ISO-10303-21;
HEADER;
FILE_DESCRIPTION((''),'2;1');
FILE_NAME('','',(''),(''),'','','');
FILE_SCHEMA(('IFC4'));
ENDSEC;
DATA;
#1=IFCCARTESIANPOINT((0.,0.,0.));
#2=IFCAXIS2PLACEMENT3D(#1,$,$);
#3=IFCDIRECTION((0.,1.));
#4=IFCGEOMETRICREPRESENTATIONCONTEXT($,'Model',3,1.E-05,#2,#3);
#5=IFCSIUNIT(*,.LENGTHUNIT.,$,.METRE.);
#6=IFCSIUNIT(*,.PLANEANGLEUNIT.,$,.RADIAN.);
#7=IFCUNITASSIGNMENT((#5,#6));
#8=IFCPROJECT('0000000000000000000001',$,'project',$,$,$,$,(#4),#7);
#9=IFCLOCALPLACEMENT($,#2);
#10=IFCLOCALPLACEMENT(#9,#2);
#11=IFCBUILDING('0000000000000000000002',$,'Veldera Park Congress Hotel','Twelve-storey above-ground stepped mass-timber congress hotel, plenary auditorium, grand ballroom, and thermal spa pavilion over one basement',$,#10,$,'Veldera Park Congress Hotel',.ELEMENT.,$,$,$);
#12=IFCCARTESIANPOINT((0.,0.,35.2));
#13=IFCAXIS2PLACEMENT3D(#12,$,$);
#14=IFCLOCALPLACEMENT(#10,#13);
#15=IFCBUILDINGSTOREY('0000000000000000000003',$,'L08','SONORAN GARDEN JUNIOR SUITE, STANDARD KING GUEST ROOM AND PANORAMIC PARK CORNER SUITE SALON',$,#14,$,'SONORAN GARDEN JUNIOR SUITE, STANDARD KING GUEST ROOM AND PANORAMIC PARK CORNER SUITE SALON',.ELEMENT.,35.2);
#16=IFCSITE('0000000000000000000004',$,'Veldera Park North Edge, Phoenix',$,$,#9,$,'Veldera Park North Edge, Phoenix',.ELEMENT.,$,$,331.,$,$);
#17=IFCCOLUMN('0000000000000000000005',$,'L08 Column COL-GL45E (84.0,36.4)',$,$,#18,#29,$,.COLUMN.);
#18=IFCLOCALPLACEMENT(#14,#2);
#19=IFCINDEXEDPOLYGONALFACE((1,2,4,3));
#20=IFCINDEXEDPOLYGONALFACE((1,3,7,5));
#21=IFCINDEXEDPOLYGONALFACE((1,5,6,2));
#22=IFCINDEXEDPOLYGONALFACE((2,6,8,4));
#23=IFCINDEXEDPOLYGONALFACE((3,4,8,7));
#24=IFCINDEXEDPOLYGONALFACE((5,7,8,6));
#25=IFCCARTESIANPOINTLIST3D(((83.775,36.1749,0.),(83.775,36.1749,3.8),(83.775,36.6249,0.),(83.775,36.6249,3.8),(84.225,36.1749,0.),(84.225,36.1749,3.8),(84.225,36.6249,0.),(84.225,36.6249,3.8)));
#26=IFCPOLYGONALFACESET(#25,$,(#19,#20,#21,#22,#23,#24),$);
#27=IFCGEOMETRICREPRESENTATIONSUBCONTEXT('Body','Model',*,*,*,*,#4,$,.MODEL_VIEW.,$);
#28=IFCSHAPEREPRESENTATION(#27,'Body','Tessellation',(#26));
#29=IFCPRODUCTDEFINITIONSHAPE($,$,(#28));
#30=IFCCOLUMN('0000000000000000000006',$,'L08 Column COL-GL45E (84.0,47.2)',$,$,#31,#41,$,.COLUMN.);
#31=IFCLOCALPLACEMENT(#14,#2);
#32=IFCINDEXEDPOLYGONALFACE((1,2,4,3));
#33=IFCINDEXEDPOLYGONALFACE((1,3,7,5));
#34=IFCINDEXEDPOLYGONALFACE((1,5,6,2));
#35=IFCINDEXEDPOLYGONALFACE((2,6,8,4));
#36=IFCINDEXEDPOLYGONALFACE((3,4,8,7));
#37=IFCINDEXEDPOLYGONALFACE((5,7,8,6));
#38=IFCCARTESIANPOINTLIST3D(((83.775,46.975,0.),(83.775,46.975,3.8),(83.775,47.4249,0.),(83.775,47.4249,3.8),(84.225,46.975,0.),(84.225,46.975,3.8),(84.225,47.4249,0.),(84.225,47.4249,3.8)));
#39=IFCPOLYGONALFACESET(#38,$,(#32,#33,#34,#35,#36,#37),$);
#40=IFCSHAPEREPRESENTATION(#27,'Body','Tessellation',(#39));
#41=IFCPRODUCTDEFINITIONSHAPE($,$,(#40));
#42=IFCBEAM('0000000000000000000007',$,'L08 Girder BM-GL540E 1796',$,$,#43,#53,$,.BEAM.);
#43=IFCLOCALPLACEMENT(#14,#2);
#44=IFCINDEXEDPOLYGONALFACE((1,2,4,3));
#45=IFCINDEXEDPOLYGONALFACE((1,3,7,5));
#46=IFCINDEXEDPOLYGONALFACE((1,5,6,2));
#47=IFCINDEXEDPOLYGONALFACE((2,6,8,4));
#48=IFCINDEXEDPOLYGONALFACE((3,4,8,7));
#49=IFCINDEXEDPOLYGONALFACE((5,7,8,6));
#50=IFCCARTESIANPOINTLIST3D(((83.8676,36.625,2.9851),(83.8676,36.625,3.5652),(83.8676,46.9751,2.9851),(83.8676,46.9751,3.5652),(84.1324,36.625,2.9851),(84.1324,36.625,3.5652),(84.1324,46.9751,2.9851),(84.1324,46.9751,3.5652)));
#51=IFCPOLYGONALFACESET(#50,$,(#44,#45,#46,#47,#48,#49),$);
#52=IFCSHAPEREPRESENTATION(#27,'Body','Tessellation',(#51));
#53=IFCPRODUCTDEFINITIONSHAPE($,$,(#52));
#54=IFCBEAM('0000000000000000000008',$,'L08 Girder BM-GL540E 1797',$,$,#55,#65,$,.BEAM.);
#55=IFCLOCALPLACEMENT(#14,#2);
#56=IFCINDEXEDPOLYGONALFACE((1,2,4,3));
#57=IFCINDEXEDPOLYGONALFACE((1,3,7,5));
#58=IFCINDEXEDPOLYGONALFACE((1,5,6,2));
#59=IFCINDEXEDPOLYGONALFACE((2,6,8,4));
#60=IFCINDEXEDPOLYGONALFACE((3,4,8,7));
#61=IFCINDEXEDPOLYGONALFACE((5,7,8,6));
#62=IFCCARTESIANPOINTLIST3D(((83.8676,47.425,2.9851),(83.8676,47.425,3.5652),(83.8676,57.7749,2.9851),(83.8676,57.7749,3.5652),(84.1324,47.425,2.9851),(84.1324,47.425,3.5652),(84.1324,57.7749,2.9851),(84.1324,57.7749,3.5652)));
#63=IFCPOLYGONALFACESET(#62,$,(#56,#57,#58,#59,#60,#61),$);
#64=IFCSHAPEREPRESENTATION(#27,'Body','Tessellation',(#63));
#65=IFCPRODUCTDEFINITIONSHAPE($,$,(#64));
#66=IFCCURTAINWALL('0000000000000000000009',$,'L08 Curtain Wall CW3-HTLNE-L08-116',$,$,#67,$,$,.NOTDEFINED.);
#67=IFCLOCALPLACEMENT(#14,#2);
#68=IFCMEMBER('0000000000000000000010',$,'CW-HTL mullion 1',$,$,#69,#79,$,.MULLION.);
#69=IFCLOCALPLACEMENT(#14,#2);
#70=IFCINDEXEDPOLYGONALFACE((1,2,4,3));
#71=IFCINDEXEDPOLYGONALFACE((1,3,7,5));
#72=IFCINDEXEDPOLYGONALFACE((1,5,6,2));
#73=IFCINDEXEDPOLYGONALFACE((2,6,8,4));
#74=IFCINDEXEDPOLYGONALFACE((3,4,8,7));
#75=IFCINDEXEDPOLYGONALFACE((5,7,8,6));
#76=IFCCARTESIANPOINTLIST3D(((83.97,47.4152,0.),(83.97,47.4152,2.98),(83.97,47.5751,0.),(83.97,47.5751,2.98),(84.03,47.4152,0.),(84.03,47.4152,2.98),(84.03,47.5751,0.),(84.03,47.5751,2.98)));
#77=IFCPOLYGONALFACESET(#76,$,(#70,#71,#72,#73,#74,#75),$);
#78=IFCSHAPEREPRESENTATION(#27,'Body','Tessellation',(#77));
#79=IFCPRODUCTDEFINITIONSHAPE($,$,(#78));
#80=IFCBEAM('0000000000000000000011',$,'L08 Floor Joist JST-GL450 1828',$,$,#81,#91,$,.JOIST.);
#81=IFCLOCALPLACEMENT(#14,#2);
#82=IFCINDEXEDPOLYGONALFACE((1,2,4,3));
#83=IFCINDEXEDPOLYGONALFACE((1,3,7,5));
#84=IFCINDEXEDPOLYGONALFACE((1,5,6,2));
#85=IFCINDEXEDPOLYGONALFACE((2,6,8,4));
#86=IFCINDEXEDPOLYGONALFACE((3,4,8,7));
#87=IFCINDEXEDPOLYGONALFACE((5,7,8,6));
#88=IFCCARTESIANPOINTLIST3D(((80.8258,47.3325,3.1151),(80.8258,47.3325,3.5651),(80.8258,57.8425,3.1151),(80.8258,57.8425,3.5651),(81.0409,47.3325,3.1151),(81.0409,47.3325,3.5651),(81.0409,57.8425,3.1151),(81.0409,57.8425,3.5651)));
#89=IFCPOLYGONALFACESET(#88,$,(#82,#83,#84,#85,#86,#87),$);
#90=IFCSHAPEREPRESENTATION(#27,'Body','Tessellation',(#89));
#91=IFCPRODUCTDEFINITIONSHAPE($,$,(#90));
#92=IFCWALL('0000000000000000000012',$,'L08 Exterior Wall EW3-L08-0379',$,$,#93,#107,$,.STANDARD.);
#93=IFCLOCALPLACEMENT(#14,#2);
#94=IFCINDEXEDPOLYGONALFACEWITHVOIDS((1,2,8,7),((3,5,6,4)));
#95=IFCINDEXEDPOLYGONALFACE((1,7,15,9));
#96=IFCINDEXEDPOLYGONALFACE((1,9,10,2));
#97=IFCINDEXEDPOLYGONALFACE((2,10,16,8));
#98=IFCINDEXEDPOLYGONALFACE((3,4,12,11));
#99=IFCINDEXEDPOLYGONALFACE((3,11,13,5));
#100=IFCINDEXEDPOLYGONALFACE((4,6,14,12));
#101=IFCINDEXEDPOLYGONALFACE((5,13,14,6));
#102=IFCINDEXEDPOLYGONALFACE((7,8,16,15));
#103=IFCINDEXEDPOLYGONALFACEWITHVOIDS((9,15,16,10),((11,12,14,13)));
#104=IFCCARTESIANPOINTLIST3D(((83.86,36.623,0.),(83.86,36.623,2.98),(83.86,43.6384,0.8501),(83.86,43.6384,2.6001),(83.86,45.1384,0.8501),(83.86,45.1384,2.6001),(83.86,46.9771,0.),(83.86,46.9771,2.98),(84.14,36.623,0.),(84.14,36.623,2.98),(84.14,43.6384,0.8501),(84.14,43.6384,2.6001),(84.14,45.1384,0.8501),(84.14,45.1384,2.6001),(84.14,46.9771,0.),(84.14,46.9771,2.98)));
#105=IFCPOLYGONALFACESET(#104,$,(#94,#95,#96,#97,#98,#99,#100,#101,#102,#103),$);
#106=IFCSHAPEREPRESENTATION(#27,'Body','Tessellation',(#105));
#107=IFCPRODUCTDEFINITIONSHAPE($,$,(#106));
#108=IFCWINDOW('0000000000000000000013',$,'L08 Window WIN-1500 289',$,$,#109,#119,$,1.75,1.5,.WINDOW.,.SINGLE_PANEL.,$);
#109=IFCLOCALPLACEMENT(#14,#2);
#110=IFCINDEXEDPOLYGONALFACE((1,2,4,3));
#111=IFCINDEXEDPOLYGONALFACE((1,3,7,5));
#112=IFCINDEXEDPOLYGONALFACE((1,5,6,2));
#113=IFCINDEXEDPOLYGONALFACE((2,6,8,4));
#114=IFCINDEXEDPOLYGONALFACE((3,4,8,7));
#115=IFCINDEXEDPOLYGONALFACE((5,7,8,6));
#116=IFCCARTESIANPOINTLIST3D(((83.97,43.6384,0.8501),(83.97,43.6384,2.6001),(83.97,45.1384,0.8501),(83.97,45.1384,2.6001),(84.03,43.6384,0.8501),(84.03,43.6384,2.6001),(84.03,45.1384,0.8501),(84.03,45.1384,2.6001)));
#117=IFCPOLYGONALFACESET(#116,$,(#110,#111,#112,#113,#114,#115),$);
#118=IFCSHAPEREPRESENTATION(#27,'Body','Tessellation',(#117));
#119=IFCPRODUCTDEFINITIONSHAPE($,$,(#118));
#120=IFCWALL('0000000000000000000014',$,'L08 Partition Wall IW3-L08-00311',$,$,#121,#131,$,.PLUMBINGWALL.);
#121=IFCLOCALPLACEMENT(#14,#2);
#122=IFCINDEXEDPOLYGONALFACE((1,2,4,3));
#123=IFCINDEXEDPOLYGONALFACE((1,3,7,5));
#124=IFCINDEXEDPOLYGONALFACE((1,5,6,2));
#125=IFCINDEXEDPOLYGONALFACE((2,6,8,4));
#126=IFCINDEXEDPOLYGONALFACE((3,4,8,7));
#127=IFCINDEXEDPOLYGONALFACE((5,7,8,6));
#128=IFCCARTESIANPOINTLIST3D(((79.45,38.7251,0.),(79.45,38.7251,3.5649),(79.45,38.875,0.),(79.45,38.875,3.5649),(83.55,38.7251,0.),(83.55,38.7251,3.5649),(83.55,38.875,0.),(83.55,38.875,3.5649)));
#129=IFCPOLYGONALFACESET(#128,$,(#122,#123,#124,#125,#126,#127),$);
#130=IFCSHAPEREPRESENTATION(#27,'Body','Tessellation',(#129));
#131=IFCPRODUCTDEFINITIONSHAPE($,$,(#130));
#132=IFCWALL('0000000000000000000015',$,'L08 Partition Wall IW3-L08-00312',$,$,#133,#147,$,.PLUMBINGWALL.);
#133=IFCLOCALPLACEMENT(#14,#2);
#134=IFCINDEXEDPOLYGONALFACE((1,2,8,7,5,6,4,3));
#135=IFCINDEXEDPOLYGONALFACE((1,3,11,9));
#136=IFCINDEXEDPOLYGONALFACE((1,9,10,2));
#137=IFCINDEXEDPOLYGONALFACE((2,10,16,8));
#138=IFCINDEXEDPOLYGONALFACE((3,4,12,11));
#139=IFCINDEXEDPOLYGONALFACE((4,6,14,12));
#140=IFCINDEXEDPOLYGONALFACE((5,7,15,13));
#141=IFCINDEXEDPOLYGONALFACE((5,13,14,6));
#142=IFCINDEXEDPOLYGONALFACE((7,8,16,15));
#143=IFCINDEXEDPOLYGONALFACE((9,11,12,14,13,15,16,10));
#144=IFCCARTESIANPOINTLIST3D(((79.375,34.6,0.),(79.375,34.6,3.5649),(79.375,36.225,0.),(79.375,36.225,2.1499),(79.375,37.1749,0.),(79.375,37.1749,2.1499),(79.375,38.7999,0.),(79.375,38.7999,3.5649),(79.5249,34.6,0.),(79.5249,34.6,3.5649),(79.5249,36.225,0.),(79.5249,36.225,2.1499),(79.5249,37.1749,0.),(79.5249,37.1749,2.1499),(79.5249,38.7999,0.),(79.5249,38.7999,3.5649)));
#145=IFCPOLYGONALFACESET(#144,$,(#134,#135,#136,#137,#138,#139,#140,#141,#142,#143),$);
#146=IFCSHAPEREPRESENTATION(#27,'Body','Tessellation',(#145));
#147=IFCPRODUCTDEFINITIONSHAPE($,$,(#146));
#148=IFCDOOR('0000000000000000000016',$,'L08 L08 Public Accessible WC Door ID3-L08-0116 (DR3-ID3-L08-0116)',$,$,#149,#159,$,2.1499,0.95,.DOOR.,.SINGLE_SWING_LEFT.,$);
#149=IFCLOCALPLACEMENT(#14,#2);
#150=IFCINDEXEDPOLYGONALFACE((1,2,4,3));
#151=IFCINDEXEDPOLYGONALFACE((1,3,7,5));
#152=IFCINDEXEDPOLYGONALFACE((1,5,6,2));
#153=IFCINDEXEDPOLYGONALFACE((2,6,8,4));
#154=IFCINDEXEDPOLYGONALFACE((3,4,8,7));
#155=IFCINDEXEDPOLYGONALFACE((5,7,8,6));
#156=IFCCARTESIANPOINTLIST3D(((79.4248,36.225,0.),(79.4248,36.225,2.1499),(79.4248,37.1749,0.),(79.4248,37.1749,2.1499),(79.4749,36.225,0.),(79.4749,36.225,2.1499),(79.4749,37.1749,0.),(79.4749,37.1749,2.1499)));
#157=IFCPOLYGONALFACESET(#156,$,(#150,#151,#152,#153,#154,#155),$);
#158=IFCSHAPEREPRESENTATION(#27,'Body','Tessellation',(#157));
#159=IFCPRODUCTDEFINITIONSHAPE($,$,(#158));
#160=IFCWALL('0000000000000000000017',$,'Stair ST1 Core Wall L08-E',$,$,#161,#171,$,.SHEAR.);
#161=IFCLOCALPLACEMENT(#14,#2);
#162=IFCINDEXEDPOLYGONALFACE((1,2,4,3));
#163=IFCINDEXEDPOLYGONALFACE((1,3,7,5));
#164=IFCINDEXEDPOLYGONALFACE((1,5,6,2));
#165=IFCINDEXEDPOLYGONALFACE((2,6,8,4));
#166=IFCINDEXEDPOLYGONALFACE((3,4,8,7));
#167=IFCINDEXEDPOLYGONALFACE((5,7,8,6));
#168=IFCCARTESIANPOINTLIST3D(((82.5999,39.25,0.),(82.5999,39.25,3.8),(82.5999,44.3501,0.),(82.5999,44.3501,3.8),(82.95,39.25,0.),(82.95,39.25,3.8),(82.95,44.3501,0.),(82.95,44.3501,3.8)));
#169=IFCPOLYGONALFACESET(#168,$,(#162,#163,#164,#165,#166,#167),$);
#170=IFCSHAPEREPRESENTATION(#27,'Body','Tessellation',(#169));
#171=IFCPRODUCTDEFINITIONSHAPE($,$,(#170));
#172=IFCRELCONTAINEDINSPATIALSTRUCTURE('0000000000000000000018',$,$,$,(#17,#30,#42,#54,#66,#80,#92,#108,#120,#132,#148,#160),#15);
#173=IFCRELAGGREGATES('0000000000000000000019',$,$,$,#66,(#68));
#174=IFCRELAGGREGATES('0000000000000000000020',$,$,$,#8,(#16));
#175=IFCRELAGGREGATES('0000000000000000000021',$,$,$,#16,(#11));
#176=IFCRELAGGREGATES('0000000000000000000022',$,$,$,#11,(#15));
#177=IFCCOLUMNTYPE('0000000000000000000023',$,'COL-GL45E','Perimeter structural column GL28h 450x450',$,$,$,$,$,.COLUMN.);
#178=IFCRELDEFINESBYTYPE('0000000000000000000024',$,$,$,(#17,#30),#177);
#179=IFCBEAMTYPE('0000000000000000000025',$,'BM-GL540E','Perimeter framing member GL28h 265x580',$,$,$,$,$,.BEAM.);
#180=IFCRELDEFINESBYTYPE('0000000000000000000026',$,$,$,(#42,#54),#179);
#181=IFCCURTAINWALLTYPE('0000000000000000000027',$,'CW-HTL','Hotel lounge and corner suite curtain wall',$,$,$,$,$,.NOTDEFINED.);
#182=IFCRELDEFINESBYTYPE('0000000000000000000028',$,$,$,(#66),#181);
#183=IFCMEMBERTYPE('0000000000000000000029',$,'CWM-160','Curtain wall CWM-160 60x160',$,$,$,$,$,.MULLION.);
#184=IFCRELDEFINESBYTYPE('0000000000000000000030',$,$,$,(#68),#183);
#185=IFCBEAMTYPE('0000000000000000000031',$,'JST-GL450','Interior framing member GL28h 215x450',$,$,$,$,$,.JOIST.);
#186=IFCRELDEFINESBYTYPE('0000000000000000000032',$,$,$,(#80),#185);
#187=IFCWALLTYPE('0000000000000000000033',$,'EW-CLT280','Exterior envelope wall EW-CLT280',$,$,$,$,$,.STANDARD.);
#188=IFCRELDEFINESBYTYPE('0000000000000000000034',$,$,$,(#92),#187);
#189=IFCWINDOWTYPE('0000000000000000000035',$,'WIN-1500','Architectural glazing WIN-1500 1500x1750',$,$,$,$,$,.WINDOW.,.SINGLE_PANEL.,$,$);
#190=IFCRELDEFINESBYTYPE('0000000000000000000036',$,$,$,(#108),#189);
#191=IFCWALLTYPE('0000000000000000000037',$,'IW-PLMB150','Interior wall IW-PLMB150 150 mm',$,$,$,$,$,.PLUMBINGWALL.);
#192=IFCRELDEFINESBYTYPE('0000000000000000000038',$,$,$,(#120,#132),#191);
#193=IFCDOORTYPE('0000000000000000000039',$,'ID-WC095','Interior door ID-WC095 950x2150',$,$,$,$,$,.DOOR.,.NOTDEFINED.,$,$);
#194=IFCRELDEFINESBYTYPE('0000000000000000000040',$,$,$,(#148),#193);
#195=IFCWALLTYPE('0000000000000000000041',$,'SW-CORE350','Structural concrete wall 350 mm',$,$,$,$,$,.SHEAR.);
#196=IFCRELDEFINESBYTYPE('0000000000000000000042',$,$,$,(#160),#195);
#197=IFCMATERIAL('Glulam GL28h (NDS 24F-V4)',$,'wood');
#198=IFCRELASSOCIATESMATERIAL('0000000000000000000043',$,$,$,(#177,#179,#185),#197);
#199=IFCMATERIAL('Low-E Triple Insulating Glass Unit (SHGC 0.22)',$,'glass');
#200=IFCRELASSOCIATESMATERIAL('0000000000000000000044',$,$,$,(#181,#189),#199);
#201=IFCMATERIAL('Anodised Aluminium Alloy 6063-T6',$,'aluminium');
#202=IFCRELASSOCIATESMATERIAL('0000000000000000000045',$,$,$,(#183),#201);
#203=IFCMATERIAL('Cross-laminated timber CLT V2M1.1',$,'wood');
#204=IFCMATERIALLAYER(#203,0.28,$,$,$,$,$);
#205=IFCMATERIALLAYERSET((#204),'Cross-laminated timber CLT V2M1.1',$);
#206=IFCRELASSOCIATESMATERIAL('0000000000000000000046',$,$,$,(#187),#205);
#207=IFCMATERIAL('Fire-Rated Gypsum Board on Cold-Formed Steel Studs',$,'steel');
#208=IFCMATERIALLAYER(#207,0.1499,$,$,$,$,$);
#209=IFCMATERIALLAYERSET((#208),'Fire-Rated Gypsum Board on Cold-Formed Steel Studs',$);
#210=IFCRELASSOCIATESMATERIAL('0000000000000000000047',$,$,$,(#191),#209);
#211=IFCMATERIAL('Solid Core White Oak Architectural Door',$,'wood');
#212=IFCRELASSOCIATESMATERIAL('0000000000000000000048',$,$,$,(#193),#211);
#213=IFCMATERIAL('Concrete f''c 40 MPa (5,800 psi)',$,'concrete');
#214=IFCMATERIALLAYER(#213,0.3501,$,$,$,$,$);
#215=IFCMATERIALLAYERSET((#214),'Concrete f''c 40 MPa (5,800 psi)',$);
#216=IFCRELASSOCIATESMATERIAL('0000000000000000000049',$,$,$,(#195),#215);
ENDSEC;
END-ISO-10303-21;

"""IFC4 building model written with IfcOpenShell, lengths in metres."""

from ifc_helpers import new_model, si_unit, direction, frame, frame_2d, origin, origin_2d, place, context, subcontext, project, spatial, rectangle, extrude, material, layer, layer_set, material_profile, profile_set, type_object, element, fill, aggregate, save


model = new_model("IFC4")

# Units and contexts
model_context = context("Model", 3, precision=1e-05, world=origin(), true_north=direction((0.0, 1.0)))
body_context = subcontext(model_context, "Body", "Model", "MODEL_VIEW")
ifc_project = project(units=[si_unit("LENGTHUNIT", "METRE"), si_unit("PLANEANGLEUNIT", "RADIAN")], contexts=[model_context])

# Site, building, storey
site_placement = place(None, origin())
site = spatial("IfcSite", under=ifc_project, at=site_placement, Name="Veldera Park North Edge, Phoenix", LongName="Veldera Park North Edge, Phoenix", CompositionType="ELEMENT", RefElevation=331.0)
building_placement = place(site_placement, origin())
building = spatial("IfcBuilding", under=site, at=building_placement, Name="Veldera Park Congress Hotel", Description="Twelve-storey above-ground stepped mass-timber congress hotel, plenary auditorium, grand ballroom, and thermal spa pavilion over one basement", LongName="Veldera Park Congress Hotel", CompositionType="ELEMENT")
storey_placement = place(building_placement, frame((0.0, 0.0, 35.2)))
storey = spatial("IfcBuildingStorey", under=building, at=storey_placement, Name="L08", Description="SONORAN GARDEN JUNIOR SUITE, STANDARD KING GUEST ROOM AND PANORAMIC PARK CORNER SUITE SALON", LongName="SONORAN GARDEN JUNIOR SUITE, STANDARD KING GUEST ROOM AND PANORAMIC PARK CORNER SUITE SALON", CompositionType="ELEMENT", Elevation=35.2)

# Columns
ifc_material_1 = material(Name="Glulam GL28h (NDS 24F-V4)", Category="wood")
ifc_material_profile_1 = material_profile(ifc_material_1, rectangle(XDim=0.45, YDim=0.45, at=origin_2d()), Name="GL28h 450x450")
ifc_profile_set_1 = profile_set([ifc_material_profile_1], Name="Glulam GL28h (NDS 24F-V4)")
column_type = type_object("IfcColumnType", Name="COL-GL45E", Description="Perimeter structural column GL28h 450x450", PredefinedType="COLUMN", material=ifc_profile_set_1)
for number, where, z_axis, x_axis, name in (
    (1, (84.0, 36.3999, 0.0), (0.0, 0.0, 1.0), (1.0, 0.0, 0.0), "L08 Column COL-GL45E (84.0,36.4)"),
    (2, (84.0, 47.2, 0.0), (0.0, 0.0, 1.0), (1.0, 0.0, 0.0), "L08 Column COL-GL45E (84.0,47.2)"),
):
    element("IfcColumn", number, at=place(storey_placement, frame(where, z_axis=z_axis, x_axis=x_axis)), inside=storey, type_object=column_type, Name=name, PredefinedType="COLUMN", context=body_context, shape_type="SweptSolid", body=[
        extrude(rectangle(XDim=0.45, YDim=0.45, at=origin_2d()), origin(), (0.0, 0.0, 1.0), 3.8),
    ])

# Beams
ifc_material_profile_2 = material_profile(ifc_material_1, rectangle(XDim=0.2649, YDim=0.5801, at=origin_2d()), Name="GL28h 265x580")
ifc_profile_set_2 = profile_set([ifc_material_profile_2], Name="Glulam GL28h (NDS 24F-V4)")
beam_type_1 = type_object("IfcBeamType", Name="BM-GL540E", Description="Perimeter framing member GL28h 265x580", PredefinedType="BEAM", material=ifc_profile_set_2)
beam_1_placement = place(storey_placement, frame((84.0, 36.625, 3.2751), z_axis=(0.0, 1.0, 0.0), x_axis=(-1.0, 0.0, 0.0)))
element("IfcBeam", 3, at=beam_1_placement, inside=storey, type_object=beam_type_1, Name="L08 Girder BM-GL540E 1796", PredefinedType="BEAM", context=body_context, shape_type="SweptSolid", body=[
    extrude(rectangle(XDim=0.2649, YDim=0.5801, at=origin_2d()), origin(), (0.0, 0.0, 1.0), 10.3501),
])
beam_2_placement = place(storey_placement, frame((84.0, 47.425, 3.2751), z_axis=(0.0, 1.0, 0.0), x_axis=(-1.0, 0.0, 0.0)))
element("IfcBeam", 4, at=beam_2_placement, inside=storey, type_object=beam_type_1, Name="L08 Girder BM-GL540E 1797", PredefinedType="BEAM", context=body_context, shape_type="SweptSolid", body=[
    extrude(rectangle(XDim=0.2649, YDim=0.5801, at=origin_2d()), origin(), (0.0, 0.0, 1.0), 10.3499),
])

# Curtain wall, member
ifc_material_2 = material(Name="Low-E Triple Insulating Glass Unit (SHGC 0.22)", Category="glass")
curtain_wall_type = type_object("IfcCurtainWallType", Name="CW-HTL", Description="Hotel lounge and corner suite curtain wall", PredefinedType="NOTDEFINED", material=ifc_material_2)
curtain_wall_placement = place(storey_placement, origin())
curtain_wall = element("IfcCurtainWall", 5, at=curtain_wall_placement, inside=storey, type_object=curtain_wall_type, Name="L08 Curtain Wall CW3-HTLNE-L08-116", PredefinedType="NOTDEFINED")
ifc_material_3 = material(Name="Anodised Aluminium Alloy 6063-T6", Category="aluminium")
ifc_material_profile_3 = material_profile(ifc_material_3, rectangle(XDim=0.0601, YDim=0.1599, at=origin_2d()), Name="ALU 60x160")
ifc_profile_set_3 = profile_set([ifc_material_profile_3], Name="Anodised Aluminium Alloy 6063-T6")
member_type = type_object("IfcMemberType", Name="CWM-160", Description="Curtain wall CWM-160 60x160", PredefinedType="MULLION", material=ifc_profile_set_3)
member_placement = place(storey_placement, frame((84.0, 47.4951, 0.0), z_axis=(0.0, 0.0, 1.0), x_axis=(-1.0, 0.0, 0.0)))
member = element("IfcMember", 6, at=member_placement, type_object=member_type, Name="CW-HTL mullion 1", PredefinedType="MULLION", context=body_context, shape_type="SweptSolid", body=[
    extrude(rectangle(XDim=0.0601, YDim=0.1599, at=origin_2d()), origin(), (0.0, 0.0, 1.0), 2.98),
])
aggregate(curtain_wall, [member])

# Beam
ifc_material_profile_4 = material_profile(ifc_material_1, rectangle(XDim=0.2151, YDim=0.45, at=origin_2d()), Name="GL28h 215x450")
ifc_profile_set_4 = profile_set([ifc_material_profile_4], Name="Glulam GL28h (NDS 24F-V4)")
beam_type_2 = type_object("IfcBeamType", Name="JST-GL450", Description="Interior framing member GL28h 215x450", PredefinedType="JOIST", material=ifc_profile_set_4)
beam_3_placement = place(storey_placement, frame((80.9333, 47.3325, 3.3401), z_axis=(0.0, 1.0, 0.0), x_axis=(-1.0, 0.0, 0.0)))
element("IfcBeam", 7, at=beam_3_placement, inside=storey, type_object=beam_type_2, Name="L08 Floor Joist JST-GL450 1828", PredefinedType="JOIST", context=body_context, shape_type="SweptSolid", body=[
    extrude(rectangle(XDim=0.2151, YDim=0.45, at=origin_2d()), origin(), (0.0, 0.0, 1.0), 10.51),
])

# Wall, opening, window
ifc_material_4 = material(Name="Cross-laminated timber CLT V2M1.1", Category="wood")
ifc_layer_1 = layer(ifc_material_4, 0.28)
ifc_layer_set_1 = layer_set([ifc_layer_1], Name="Cross-laminated timber CLT V2M1.1")
wall_type_1 = type_object("IfcWallType", Name="EW-CLT280", Description="Exterior envelope wall EW-CLT280", PredefinedType="STANDARD", material=ifc_layer_set_1)
wall_1_placement = place(storey_placement, frame((84.0, 36.623, 0.0), z_axis=(0.0, 0.0, 1.0), x_axis=(0.0, 1.0, 0.0)))
wall_1 = element("IfcWall", 8, at=wall_1_placement, inside=storey, type_object=wall_type_1, Name="L08 Exterior Wall EW3-L08-0379", PredefinedType="STANDARD", context=body_context, shape_type="SweptSolid", body=[
    extrude(rectangle(XDim=10.354, YDim=0.28, at=frame_2d((5.177, 0.0))), origin(), (0.0, 0.0, 1.0), 2.98),
])
opening_1_placement = place(wall_1_placement, frame((7.0154, 0.0, 0.8501)))
opening_1 = element("IfcOpeningElement", 9, at=opening_1_placement, cuts=wall_1, PredefinedType="OPENING", context=body_context, shape_type="SweptSolid", body=[
    extrude(rectangle(XDim=1.5, YDim=1.75, at=frame_2d((0.75, 0.875))), frame((0.0, 0.1521, 0.0), z_axis=(0.0, -1.0, 0.0), x_axis=(1.0, 0.0, 0.0)), (0.0, 0.0, 1.0), 0.304),
])
window_type = type_object("IfcWindowType", Name="WIN-1500", Description="Architectural glazing WIN-1500 1500x1750", PartitioningType="SINGLE_PANEL", PredefinedType="WINDOW", material=ifc_material_2)
window_placement = place(opening_1_placement, origin())
window = element("IfcWindow", 10, at=window_placement, inside=storey, type_object=window_type, Name="L08 Window WIN-1500 289", OverallHeight=1.75, OverallWidth=1.5, PartitioningType="SINGLE_PANEL", PredefinedType="WINDOW", context=body_context, shape_type="SweptSolid", body=[
    extrude(rectangle(XDim=1.5, YDim=1.75, at=frame_2d((0.75, 0.875))), frame((0.0, 0.03, 0.0), z_axis=(0.0, -1.0, 0.0), x_axis=(1.0, 0.0, 0.0)), (0.0, 0.0, 1.0), 0.0601),
])
fill(opening_1, window)

# Wall
ifc_material_5 = material(Name="Fire-Rated Gypsum Board on Cold-Formed Steel Studs", Category="steel")
ifc_layer_2 = layer(ifc_material_5, 0.1499)
ifc_layer_set_2 = layer_set([ifc_layer_2], Name="Fire-Rated Gypsum Board on Cold-Formed Steel Studs")
wall_type_2 = type_object("IfcWallType", Name="IW-PLMB150", Description="Interior wall IW-PLMB150 150 mm", PredefinedType="PLUMBINGWALL", material=ifc_layer_set_2)
wall_2_placement = place(storey_placement, frame((83.55, 38.8, 0.0), z_axis=(0.0, 0.0, 1.0), x_axis=(-1.0, 0.0, 0.0)))
element("IfcWall", 11, at=wall_2_placement, inside=storey, type_object=wall_type_2, Name="L08 Partition Wall IW3-L08-00311", PredefinedType="PLUMBINGWALL", context=body_context, shape_type="SweptSolid", body=[
    extrude(rectangle(XDim=4.1001, YDim=0.1499, at=frame_2d((2.05, 0.0))), origin(), (0.0, 0.0, 1.0), 3.5649),
])

# Wall, opening, door
wall_3_placement = place(storey_placement, frame((79.45, 38.8, 0.0), z_axis=(0.0, 0.0, 1.0), x_axis=(0.0, -1.0, 0.0)))
wall_3 = element("IfcWall", 12, at=wall_3_placement, inside=storey, type_object=wall_type_2, Name="L08 Partition Wall IW3-L08-00312", PredefinedType="PLUMBINGWALL", context=body_context, shape_type="SweptSolid", body=[
    extrude(rectangle(XDim=4.2, YDim=0.1499, at=frame_2d((2.1001, 0.0))), origin(), (0.0, 0.0, 1.0), 3.5649),
])
opening_2_placement = place(wall_3_placement, frame((1.625, 0.0, 0.0)))
opening_2 = element("IfcOpeningElement", 13, at=opening_2_placement, cuts=wall_3, PredefinedType="OPENING", context=body_context, shape_type="SweptSolid", body=[
    extrude(rectangle(XDim=0.95, YDim=2.1499, at=frame_2d((0.4751, 1.075))), frame((0.0, 0.0869, 0.0), z_axis=(0.0, -1.0, 0.0), x_axis=(1.0, 0.0, 0.0)), (0.0, 0.0, 1.0), 0.1738),
])
ifc_material_6 = material(Name="Solid Core White Oak Architectural Door", Category="wood")
door_type = type_object("IfcDoorType", Name="ID-WC095", Description="Interior door ID-WC095 950x2150", OperationType="NOTDEFINED", PredefinedType="DOOR", material=ifc_material_6)
door_placement = place(opening_2_placement, origin())
door = element("IfcDoor", 14, at=door_placement, inside=storey, type_object=door_type, Name="L08 L08 Public Accessible WC Door ID3-L08-0116 (DR3-ID3-L08-0116)", OperationType="SINGLE_SWING_LEFT", OverallHeight=2.1499, OverallWidth=0.95, PredefinedType="DOOR", context=body_context, shape_type="SweptSolid", body=[
    extrude(rectangle(XDim=0.95, YDim=2.1499, at=frame_2d((0.4751, 1.075))), frame((0.0, 0.0249, 0.0), z_axis=(0.0, -1.0, 0.0), x_axis=(1.0, 0.0, 0.0)), (0.0, 0.0, 1.0), 0.05),
])
fill(opening_2, door)

# Wall
ifc_material_7 = material(Name="Concrete f'c 40 MPa (5,800 psi)", Category="concrete")
ifc_layer_3 = layer(ifc_material_7, 0.3501)
ifc_layer_set_3 = layer_set([ifc_layer_3], Name="Concrete f'c 40 MPa (5,800 psi)")
wall_type_3 = type_object("IfcWallType", Name="SW-CORE350", Description="Structural concrete wall 350 mm", PredefinedType="SHEAR", material=ifc_layer_set_3)
wall_4_placement = place(storey_placement, frame((82.7749, 39.25, 0.0), z_axis=(0.0, 0.0, 1.0), x_axis=(0.0, 1.0, 0.0)))
element("IfcWall", 15, at=wall_4_placement, inside=storey, type_object=wall_type_3, Name="Stair ST1 Core Wall L08-E", PredefinedType="SHEAR", context=body_context, shape_type="SweptSolid", body=[
    extrude(rectangle(XDim=5.1001, YDim=0.3501, at=frame_2d((2.55, 0.0))), origin(), (0.0, 0.0, 1.0), 3.8),
])

save(model, "model.ifc")
